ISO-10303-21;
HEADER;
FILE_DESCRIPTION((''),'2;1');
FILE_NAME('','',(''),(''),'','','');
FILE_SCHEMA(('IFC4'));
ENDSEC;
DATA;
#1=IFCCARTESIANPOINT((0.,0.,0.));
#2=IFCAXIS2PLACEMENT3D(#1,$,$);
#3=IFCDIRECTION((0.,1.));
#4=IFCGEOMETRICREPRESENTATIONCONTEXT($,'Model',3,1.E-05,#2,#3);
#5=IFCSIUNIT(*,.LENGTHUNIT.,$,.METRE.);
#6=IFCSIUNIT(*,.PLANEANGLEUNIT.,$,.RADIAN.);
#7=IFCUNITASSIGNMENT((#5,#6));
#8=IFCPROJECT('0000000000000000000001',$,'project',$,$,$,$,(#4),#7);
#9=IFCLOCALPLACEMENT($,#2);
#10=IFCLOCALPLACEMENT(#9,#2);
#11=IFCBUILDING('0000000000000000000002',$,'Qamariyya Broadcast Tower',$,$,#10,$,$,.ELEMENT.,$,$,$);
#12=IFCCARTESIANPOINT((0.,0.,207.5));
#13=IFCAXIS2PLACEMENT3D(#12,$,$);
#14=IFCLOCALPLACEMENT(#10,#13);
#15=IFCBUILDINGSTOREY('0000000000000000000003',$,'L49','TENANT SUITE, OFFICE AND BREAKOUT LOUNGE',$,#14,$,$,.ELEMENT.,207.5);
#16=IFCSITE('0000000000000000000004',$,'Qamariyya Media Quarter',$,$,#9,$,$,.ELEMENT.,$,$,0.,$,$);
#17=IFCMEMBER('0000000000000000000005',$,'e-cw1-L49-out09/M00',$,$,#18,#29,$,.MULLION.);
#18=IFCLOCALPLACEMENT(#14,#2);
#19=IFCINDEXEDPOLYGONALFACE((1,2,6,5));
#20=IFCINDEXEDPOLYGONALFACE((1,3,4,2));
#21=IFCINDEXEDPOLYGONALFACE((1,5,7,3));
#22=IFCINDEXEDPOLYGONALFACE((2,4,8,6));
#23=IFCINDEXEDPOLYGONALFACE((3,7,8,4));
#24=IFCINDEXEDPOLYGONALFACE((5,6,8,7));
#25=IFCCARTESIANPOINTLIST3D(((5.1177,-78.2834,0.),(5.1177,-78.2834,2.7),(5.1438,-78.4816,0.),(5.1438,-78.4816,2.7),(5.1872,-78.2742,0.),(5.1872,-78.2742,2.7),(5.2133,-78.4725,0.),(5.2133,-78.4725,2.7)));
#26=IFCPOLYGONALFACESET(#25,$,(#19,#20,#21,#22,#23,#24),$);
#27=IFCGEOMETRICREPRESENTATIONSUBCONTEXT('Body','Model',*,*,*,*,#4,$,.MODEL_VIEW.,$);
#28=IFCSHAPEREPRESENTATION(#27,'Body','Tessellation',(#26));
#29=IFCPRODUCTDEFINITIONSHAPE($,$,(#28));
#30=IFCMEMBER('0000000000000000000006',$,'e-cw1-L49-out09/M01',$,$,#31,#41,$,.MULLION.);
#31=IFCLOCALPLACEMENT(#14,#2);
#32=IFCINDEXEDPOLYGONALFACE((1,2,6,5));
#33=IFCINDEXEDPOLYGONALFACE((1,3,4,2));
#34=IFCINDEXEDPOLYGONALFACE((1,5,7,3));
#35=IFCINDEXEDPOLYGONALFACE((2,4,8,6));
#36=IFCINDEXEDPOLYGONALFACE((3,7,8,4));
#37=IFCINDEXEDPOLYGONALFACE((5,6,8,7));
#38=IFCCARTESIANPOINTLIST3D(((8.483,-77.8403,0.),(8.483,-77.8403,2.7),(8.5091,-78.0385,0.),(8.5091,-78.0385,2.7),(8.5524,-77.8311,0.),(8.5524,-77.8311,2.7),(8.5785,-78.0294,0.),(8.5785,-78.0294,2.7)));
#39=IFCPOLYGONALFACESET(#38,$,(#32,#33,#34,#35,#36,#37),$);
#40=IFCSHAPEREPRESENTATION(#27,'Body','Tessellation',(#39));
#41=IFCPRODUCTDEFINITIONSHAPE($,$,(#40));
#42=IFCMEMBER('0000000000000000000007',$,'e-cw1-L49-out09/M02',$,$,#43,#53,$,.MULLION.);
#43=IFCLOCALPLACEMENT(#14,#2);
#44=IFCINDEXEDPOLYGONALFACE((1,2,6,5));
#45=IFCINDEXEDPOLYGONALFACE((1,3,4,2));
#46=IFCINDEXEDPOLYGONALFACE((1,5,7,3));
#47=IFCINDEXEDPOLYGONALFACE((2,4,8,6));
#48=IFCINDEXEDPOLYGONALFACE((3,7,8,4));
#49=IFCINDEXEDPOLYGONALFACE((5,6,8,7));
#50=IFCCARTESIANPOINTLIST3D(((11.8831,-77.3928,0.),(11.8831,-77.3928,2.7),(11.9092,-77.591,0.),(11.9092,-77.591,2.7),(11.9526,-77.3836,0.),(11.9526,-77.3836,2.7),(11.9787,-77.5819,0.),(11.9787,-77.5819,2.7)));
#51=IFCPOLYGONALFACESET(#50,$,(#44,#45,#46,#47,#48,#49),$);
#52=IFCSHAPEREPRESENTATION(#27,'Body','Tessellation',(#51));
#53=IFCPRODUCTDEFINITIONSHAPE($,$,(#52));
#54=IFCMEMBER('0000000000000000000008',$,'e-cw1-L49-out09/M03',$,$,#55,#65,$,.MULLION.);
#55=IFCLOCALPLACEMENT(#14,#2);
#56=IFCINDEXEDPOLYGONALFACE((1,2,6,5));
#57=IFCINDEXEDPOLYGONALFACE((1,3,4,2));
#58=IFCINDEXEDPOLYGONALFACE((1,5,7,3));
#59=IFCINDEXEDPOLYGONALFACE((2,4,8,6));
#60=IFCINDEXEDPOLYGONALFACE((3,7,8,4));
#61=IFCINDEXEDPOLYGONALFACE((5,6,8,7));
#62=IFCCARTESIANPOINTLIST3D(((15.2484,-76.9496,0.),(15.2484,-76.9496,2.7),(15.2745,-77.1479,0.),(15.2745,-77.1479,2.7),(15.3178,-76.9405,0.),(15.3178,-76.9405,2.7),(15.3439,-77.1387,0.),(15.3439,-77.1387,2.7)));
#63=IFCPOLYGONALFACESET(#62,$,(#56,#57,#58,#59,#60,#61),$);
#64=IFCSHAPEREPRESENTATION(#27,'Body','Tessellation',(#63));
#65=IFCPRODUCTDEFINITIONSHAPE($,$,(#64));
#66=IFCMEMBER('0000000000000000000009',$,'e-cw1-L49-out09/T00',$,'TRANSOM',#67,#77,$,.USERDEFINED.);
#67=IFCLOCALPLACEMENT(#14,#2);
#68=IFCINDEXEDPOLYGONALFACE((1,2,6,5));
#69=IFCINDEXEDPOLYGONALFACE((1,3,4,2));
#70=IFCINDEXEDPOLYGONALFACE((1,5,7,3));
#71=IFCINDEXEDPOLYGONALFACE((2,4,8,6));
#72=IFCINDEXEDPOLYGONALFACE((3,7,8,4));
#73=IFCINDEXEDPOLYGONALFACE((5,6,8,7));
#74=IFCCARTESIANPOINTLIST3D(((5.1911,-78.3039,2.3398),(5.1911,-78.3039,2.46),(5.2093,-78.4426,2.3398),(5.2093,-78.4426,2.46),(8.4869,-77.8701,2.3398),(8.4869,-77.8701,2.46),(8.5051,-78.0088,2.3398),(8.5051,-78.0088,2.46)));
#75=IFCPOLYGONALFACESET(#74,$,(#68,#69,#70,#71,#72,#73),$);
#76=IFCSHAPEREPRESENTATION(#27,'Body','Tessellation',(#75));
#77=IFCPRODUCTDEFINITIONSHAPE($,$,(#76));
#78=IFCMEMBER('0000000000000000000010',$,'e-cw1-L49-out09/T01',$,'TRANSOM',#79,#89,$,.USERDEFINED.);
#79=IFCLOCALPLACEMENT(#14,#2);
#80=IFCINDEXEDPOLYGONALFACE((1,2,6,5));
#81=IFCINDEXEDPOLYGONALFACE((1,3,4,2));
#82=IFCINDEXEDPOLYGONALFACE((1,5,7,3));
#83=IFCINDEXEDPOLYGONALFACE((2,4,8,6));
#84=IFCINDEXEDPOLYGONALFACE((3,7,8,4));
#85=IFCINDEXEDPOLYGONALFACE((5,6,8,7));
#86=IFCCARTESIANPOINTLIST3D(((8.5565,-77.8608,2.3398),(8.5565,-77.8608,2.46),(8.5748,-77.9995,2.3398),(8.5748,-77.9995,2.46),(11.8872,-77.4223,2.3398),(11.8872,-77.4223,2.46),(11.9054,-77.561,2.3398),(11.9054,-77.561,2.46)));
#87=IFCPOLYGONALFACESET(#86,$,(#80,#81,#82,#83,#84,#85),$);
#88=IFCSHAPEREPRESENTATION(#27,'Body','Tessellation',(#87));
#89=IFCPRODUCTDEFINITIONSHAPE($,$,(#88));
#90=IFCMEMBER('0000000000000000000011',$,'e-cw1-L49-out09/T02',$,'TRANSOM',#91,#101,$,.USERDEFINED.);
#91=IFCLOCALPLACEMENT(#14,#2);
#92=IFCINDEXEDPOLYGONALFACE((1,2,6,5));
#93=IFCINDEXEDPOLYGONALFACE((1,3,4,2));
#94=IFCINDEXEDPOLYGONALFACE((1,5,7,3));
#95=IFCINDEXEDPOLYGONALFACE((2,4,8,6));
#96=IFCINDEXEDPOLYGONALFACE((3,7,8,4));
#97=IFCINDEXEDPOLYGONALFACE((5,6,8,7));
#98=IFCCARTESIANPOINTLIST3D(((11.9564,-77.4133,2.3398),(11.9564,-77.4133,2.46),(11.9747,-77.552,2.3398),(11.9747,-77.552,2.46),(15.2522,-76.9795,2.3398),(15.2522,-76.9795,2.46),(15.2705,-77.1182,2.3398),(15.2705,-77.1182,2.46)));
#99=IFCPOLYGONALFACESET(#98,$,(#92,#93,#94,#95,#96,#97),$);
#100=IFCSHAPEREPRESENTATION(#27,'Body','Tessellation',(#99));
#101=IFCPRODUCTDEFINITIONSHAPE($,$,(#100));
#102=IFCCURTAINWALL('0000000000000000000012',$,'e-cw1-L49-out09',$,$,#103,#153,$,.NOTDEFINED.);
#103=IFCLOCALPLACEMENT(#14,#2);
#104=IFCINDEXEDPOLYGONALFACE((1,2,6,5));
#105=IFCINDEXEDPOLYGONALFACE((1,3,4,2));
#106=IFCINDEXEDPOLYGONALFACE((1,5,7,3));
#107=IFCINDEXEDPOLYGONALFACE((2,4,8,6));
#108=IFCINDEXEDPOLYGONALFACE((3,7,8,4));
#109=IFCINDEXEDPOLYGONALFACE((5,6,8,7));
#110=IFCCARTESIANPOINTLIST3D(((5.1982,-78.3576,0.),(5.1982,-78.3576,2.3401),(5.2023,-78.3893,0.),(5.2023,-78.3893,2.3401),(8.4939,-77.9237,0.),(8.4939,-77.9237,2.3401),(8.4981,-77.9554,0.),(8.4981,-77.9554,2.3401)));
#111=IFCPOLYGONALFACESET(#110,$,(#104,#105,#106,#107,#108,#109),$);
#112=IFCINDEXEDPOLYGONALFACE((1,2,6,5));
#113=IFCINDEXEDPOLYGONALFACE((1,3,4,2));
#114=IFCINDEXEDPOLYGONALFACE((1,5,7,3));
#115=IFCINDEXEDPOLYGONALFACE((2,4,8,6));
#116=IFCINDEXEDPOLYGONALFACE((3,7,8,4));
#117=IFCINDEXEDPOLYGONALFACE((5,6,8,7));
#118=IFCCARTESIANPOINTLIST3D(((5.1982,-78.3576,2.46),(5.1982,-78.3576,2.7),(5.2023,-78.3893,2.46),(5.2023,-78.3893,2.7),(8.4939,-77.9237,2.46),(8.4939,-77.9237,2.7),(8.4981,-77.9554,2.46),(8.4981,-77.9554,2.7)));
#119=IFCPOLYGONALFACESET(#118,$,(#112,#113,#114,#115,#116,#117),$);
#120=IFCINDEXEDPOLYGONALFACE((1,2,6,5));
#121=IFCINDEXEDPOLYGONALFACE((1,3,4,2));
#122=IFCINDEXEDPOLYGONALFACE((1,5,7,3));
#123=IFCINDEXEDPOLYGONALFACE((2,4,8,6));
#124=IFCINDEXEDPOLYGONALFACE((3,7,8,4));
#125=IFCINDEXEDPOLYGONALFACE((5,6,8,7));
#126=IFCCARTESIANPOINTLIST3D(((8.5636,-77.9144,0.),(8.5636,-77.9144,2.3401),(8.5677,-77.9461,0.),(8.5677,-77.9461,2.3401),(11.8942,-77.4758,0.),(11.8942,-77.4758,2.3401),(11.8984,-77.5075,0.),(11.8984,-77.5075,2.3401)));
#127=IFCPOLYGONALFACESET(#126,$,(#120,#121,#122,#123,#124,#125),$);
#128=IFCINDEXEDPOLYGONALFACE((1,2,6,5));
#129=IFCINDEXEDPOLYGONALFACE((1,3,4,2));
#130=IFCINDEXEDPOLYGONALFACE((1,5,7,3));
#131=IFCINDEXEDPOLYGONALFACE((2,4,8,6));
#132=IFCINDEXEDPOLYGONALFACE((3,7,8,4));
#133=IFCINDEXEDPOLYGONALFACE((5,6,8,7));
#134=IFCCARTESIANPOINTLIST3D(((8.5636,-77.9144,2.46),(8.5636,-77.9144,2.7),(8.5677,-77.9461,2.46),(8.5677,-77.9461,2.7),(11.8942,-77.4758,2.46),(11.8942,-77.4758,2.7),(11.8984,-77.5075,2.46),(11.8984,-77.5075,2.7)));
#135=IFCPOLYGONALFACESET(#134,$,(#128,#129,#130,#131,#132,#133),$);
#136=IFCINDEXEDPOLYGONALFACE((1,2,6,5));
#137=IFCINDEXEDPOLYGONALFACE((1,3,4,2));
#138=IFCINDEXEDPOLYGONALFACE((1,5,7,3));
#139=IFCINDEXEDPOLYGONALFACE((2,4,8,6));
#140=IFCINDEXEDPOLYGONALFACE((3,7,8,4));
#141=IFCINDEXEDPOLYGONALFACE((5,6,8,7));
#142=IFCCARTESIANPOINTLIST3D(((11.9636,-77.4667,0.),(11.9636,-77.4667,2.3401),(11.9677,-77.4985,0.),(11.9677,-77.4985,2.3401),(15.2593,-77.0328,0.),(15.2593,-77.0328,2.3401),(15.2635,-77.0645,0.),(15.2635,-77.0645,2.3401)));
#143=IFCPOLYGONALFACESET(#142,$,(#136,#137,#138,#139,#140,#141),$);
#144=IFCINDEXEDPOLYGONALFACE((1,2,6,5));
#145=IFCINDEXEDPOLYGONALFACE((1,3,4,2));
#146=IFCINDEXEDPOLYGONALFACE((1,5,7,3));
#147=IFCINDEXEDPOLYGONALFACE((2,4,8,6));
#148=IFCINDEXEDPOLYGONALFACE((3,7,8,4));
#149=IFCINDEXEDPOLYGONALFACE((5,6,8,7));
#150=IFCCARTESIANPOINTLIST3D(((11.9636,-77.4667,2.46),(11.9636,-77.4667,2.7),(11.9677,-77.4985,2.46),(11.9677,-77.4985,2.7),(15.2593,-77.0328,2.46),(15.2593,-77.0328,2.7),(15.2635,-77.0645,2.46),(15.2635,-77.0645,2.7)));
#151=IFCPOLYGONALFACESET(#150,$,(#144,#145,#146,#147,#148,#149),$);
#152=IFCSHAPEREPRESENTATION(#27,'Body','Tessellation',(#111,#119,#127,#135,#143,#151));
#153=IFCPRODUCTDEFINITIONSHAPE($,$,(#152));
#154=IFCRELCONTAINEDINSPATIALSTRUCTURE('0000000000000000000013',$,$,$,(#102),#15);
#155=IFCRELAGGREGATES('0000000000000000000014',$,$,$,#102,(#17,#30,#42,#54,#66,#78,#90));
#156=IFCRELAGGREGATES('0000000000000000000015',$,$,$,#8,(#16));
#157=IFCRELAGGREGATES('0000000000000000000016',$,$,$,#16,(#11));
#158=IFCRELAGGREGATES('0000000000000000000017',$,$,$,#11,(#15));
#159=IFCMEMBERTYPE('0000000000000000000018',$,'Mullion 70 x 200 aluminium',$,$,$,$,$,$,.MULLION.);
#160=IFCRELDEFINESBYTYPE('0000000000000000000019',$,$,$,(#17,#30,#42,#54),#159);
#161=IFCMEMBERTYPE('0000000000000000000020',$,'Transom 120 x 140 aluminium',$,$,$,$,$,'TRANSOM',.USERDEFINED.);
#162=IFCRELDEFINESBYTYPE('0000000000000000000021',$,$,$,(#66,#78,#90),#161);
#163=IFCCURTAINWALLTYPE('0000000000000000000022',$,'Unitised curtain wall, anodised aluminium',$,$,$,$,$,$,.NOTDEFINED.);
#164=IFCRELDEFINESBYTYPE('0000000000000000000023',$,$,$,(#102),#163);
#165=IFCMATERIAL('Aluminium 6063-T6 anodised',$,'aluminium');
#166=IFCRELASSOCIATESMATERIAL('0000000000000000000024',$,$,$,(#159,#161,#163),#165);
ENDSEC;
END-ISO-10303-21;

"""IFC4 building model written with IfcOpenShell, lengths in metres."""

from ifc_helpers import new_model, si_unit, direction, frame, origin, origin_2d, place, context, subcontext, project, spatial, rectangle, extrude, material, material_profile, profile_set, type_object, element, aggregate, save


model = new_model("IFC4")

# Units and contexts
model_context = context("Model", 3, precision=1e-05, world=origin(), true_north=direction((0.0, 1.0)))
body_context = subcontext(model_context, "Body", "Model", "MODEL_VIEW")
ifc_project = project(units=[si_unit("LENGTHUNIT", "METRE"), si_unit("PLANEANGLEUNIT", "RADIAN")], contexts=[model_context])

# Members
ifc_material = material(Name="Aluminium 6063-T6 anodised", Category="aluminium")
ifc_material_profile_1 = material_profile(ifc_material, rectangle(XDim=0.2, YDim=0.0701, at=origin_2d()))
ifc_profile_set_1 = profile_set([ifc_material_profile_1], Name="Aluminium 6063-T6 anodised")
member_type_1 = type_object("IfcMemberType", Name="Mullion 70 x 200 aluminium", PredefinedType="MULLION", material=ifc_profile_set_1)
site_placement = place(None, origin())
building_placement = place(site_placement, origin())
storey_placement = place(building_placement, frame((0.0, 0.0, 207.5)))
member_1_placement = place(storey_placement, frame((5.1655, -78.3779, 0.0), z_axis=(0.0, 0.0, 1.0), x_axis=(-0.130526, 0.991445, 0.0)))
member_1 = element("IfcMember", 1, at=member_1_placement, type_object=member_type_1, Name="e-cw1-L49-out09/M00", PredefinedType="MULLION", context=body_context, shape_type="SweptSolid", body=[
    extrude(rectangle(XDim=0.2, YDim=0.0701, at=origin_2d()), origin(), (0.0, 0.0, 1.0), 2.7),
])
member_2_placement = place(storey_placement, frame((8.5308, -77.9348, 0.0), z_axis=(0.0, 0.0, 1.0), x_axis=(-0.130526, 0.991445, 0.0)))
member_2 = element("IfcMember", 2, at=member_2_placement, type_object=member_type_1, Name="e-cw1-L49-out09/M01", PredefinedType="MULLION", context=body_context, shape_type="SweptSolid", body=[
    extrude(rectangle(XDim=0.2, YDim=0.0701, at=origin_2d()), origin(), (0.0, 0.0, 1.0), 2.7),
])
member_3_placement = place(storey_placement, frame((11.9309, -77.4873, 0.0), z_axis=(0.0, 0.0, 1.0), x_axis=(-0.130526, 0.991445, 0.0)))
member_3 = element("IfcMember", 3, at=member_3_placement, type_object=member_type_1, Name="e-cw1-L49-out09/M02", PredefinedType="MULLION", context=body_context, shape_type="SweptSolid", body=[
    extrude(rectangle(XDim=0.2, YDim=0.0701, at=origin_2d()), origin(), (0.0, 0.0, 1.0), 2.7),
])
member_4_placement = place(storey_placement, frame((15.2961, -77.0442, 0.0), z_axis=(0.0, 0.0, 1.0), x_axis=(-0.130526, 0.991445, 0.0)))
member_4 = element("IfcMember", 4, at=member_4_placement, type_object=member_type_1, Name="e-cw1-L49-out09/M03", PredefinedType="MULLION", context=body_context, shape_type="SweptSolid", body=[
    extrude(rectangle(XDim=0.2, YDim=0.0701, at=origin_2d()), origin(), (0.0, 0.0, 1.0), 2.7),
])
ifc_material_profile_2 = material_profile(ifc_material, rectangle(XDim=0.1399, YDim=0.1201, at=origin_2d()))
ifc_profile_set_2 = profile_set([ifc_material_profile_2], Name="Aluminium 6063-T6 anodised")
member_type_2 = type_object("IfcMemberType", Name="Transom 120 x 140 aluminium", ElementType="TRANSOM", PredefinedType="USERDEFINED", material=ifc_profile_set_2)
member_5_placement = place(storey_placement, frame((5.2002, -78.3733, 2.3999), z_axis=(0.991448, 0.130504, 0.0), x_axis=(-0.130504, 0.991448, 0.0)))
member_5 = element("IfcMember", 5, at=member_5_placement, type_object=member_type_2, Name="e-cw1-L49-out09/T00", ObjectType="TRANSOM", PredefinedType="USERDEFINED", context=body_context, shape_type="SweptSolid", body=[
    extrude(rectangle(XDim=0.1399, YDim=0.1201, at=origin_2d()), origin(), (0.0, 0.0, 1.0), 3.3242),
])
member_6_placement = place(storey_placement, frame((8.5657, -77.9302, 2.3999), z_axis=(0.991445, 0.130526, 0.0), x_axis=(-0.130526, 0.991445, 0.0)))
member_6 = element("IfcMember", 6, at=member_6_placement, type_object=member_type_2, Name="e-cw1-L49-out09/T01", ObjectType="TRANSOM", PredefinedType="USERDEFINED", context=body_context, shape_type="SweptSolid", body=[
    extrude(rectangle(XDim=0.1399, YDim=0.1201, at=origin_2d()), origin(), (0.0, 0.0, 1.0), 3.3594),
])
member_7_placement = place(storey_placement, frame((11.9656, -77.4827, 2.3999), z_axis=(0.991448, 0.130504, 0.0), x_axis=(-0.130504, 0.991448, 0.0)))
member_7 = element("IfcMember", 7, at=member_7_placement, type_object=member_type_2, Name="e-cw1-L49-out09/T02", ObjectType="TRANSOM", PredefinedType="USERDEFINED", context=body_context, shape_type="SweptSolid", body=[
    extrude(rectangle(XDim=0.1399, YDim=0.1201, at=origin_2d()), origin(), (0.0, 0.0, 1.0), 3.3242),
])

# Site, building, storey
site = spatial("IfcSite", under=ifc_project, at=site_placement, Name="Qamariyya Media Quarter", CompositionType="ELEMENT", RefElevation=0.0)
building = spatial("IfcBuilding", under=site, at=building_placement, Name="Qamariyya Broadcast Tower", CompositionType="ELEMENT")
storey = spatial("IfcBuildingStorey", under=building, at=storey_placement, Name="L49", Description="TENANT SUITE, OFFICE AND BREAKOUT LOUNGE", CompositionType="ELEMENT", Elevation=207.5)

# Curtain wall
curtain_wall_type = type_object("IfcCurtainWallType", Name="Unitised curtain wall, anodised aluminium", PredefinedType="NOTDEFINED", material=ifc_material)
curtain_wall_1_placement = place(storey_placement, origin())
curtain_wall_1 = element("IfcCurtainWall", 8, at=curtain_wall_1_placement, inside=storey, type_object=curtain_wall_type, Name="e-cw1-L49-out09", PredefinedType="NOTDEFINED", context=body_context, shape_type="SweptSolid", body=[
    extrude(rectangle(XDim=3.3242, YDim=0.032, at=origin_2d()), frame((6.8481, -78.1565, 0.0), x_axis=(0.991443, 0.130542, 0.0)), (0.0, 0.0, 1.0), 2.3401),
    extrude(rectangle(XDim=3.3242, YDim=0.032, at=origin_2d()), frame((6.8481, -78.1565, 2.46), x_axis=(0.991443, 0.130542, 0.0)), (0.0, 0.0, 1.0), 0.24),
    extrude(rectangle(XDim=3.3594, YDim=0.032, at=origin_2d()), frame((10.231, -77.7109, 0.0), x_axis=(0.991443, 0.130542, 0.0)), (0.0, 0.0, 1.0), 2.3401),
    extrude(rectangle(XDim=3.3594, YDim=0.032, at=origin_2d()), frame((10.231, -77.7109, 2.46), x_axis=(0.991443, 0.130542, 0.0)), (0.0, 0.0, 1.0), 0.24),
    extrude(rectangle(XDim=3.3242, YDim=0.032, at=origin_2d()), frame((13.6135, -77.2656, 0.0), x_axis=(0.991443, 0.130542, 0.0)), (0.0, 0.0, 1.0), 2.3401),
    extrude(rectangle(XDim=3.3242, YDim=0.032, at=origin_2d()), frame((13.6135, -77.2656, 2.46), x_axis=(0.991443, 0.130542, 0.0)), (0.0, 0.0, 1.0), 0.24),
])
aggregate(curtain_wall_1, [member_1, member_2, member_3, member_4, member_5, member_6, member_7])

save(model, "model.ifc")
